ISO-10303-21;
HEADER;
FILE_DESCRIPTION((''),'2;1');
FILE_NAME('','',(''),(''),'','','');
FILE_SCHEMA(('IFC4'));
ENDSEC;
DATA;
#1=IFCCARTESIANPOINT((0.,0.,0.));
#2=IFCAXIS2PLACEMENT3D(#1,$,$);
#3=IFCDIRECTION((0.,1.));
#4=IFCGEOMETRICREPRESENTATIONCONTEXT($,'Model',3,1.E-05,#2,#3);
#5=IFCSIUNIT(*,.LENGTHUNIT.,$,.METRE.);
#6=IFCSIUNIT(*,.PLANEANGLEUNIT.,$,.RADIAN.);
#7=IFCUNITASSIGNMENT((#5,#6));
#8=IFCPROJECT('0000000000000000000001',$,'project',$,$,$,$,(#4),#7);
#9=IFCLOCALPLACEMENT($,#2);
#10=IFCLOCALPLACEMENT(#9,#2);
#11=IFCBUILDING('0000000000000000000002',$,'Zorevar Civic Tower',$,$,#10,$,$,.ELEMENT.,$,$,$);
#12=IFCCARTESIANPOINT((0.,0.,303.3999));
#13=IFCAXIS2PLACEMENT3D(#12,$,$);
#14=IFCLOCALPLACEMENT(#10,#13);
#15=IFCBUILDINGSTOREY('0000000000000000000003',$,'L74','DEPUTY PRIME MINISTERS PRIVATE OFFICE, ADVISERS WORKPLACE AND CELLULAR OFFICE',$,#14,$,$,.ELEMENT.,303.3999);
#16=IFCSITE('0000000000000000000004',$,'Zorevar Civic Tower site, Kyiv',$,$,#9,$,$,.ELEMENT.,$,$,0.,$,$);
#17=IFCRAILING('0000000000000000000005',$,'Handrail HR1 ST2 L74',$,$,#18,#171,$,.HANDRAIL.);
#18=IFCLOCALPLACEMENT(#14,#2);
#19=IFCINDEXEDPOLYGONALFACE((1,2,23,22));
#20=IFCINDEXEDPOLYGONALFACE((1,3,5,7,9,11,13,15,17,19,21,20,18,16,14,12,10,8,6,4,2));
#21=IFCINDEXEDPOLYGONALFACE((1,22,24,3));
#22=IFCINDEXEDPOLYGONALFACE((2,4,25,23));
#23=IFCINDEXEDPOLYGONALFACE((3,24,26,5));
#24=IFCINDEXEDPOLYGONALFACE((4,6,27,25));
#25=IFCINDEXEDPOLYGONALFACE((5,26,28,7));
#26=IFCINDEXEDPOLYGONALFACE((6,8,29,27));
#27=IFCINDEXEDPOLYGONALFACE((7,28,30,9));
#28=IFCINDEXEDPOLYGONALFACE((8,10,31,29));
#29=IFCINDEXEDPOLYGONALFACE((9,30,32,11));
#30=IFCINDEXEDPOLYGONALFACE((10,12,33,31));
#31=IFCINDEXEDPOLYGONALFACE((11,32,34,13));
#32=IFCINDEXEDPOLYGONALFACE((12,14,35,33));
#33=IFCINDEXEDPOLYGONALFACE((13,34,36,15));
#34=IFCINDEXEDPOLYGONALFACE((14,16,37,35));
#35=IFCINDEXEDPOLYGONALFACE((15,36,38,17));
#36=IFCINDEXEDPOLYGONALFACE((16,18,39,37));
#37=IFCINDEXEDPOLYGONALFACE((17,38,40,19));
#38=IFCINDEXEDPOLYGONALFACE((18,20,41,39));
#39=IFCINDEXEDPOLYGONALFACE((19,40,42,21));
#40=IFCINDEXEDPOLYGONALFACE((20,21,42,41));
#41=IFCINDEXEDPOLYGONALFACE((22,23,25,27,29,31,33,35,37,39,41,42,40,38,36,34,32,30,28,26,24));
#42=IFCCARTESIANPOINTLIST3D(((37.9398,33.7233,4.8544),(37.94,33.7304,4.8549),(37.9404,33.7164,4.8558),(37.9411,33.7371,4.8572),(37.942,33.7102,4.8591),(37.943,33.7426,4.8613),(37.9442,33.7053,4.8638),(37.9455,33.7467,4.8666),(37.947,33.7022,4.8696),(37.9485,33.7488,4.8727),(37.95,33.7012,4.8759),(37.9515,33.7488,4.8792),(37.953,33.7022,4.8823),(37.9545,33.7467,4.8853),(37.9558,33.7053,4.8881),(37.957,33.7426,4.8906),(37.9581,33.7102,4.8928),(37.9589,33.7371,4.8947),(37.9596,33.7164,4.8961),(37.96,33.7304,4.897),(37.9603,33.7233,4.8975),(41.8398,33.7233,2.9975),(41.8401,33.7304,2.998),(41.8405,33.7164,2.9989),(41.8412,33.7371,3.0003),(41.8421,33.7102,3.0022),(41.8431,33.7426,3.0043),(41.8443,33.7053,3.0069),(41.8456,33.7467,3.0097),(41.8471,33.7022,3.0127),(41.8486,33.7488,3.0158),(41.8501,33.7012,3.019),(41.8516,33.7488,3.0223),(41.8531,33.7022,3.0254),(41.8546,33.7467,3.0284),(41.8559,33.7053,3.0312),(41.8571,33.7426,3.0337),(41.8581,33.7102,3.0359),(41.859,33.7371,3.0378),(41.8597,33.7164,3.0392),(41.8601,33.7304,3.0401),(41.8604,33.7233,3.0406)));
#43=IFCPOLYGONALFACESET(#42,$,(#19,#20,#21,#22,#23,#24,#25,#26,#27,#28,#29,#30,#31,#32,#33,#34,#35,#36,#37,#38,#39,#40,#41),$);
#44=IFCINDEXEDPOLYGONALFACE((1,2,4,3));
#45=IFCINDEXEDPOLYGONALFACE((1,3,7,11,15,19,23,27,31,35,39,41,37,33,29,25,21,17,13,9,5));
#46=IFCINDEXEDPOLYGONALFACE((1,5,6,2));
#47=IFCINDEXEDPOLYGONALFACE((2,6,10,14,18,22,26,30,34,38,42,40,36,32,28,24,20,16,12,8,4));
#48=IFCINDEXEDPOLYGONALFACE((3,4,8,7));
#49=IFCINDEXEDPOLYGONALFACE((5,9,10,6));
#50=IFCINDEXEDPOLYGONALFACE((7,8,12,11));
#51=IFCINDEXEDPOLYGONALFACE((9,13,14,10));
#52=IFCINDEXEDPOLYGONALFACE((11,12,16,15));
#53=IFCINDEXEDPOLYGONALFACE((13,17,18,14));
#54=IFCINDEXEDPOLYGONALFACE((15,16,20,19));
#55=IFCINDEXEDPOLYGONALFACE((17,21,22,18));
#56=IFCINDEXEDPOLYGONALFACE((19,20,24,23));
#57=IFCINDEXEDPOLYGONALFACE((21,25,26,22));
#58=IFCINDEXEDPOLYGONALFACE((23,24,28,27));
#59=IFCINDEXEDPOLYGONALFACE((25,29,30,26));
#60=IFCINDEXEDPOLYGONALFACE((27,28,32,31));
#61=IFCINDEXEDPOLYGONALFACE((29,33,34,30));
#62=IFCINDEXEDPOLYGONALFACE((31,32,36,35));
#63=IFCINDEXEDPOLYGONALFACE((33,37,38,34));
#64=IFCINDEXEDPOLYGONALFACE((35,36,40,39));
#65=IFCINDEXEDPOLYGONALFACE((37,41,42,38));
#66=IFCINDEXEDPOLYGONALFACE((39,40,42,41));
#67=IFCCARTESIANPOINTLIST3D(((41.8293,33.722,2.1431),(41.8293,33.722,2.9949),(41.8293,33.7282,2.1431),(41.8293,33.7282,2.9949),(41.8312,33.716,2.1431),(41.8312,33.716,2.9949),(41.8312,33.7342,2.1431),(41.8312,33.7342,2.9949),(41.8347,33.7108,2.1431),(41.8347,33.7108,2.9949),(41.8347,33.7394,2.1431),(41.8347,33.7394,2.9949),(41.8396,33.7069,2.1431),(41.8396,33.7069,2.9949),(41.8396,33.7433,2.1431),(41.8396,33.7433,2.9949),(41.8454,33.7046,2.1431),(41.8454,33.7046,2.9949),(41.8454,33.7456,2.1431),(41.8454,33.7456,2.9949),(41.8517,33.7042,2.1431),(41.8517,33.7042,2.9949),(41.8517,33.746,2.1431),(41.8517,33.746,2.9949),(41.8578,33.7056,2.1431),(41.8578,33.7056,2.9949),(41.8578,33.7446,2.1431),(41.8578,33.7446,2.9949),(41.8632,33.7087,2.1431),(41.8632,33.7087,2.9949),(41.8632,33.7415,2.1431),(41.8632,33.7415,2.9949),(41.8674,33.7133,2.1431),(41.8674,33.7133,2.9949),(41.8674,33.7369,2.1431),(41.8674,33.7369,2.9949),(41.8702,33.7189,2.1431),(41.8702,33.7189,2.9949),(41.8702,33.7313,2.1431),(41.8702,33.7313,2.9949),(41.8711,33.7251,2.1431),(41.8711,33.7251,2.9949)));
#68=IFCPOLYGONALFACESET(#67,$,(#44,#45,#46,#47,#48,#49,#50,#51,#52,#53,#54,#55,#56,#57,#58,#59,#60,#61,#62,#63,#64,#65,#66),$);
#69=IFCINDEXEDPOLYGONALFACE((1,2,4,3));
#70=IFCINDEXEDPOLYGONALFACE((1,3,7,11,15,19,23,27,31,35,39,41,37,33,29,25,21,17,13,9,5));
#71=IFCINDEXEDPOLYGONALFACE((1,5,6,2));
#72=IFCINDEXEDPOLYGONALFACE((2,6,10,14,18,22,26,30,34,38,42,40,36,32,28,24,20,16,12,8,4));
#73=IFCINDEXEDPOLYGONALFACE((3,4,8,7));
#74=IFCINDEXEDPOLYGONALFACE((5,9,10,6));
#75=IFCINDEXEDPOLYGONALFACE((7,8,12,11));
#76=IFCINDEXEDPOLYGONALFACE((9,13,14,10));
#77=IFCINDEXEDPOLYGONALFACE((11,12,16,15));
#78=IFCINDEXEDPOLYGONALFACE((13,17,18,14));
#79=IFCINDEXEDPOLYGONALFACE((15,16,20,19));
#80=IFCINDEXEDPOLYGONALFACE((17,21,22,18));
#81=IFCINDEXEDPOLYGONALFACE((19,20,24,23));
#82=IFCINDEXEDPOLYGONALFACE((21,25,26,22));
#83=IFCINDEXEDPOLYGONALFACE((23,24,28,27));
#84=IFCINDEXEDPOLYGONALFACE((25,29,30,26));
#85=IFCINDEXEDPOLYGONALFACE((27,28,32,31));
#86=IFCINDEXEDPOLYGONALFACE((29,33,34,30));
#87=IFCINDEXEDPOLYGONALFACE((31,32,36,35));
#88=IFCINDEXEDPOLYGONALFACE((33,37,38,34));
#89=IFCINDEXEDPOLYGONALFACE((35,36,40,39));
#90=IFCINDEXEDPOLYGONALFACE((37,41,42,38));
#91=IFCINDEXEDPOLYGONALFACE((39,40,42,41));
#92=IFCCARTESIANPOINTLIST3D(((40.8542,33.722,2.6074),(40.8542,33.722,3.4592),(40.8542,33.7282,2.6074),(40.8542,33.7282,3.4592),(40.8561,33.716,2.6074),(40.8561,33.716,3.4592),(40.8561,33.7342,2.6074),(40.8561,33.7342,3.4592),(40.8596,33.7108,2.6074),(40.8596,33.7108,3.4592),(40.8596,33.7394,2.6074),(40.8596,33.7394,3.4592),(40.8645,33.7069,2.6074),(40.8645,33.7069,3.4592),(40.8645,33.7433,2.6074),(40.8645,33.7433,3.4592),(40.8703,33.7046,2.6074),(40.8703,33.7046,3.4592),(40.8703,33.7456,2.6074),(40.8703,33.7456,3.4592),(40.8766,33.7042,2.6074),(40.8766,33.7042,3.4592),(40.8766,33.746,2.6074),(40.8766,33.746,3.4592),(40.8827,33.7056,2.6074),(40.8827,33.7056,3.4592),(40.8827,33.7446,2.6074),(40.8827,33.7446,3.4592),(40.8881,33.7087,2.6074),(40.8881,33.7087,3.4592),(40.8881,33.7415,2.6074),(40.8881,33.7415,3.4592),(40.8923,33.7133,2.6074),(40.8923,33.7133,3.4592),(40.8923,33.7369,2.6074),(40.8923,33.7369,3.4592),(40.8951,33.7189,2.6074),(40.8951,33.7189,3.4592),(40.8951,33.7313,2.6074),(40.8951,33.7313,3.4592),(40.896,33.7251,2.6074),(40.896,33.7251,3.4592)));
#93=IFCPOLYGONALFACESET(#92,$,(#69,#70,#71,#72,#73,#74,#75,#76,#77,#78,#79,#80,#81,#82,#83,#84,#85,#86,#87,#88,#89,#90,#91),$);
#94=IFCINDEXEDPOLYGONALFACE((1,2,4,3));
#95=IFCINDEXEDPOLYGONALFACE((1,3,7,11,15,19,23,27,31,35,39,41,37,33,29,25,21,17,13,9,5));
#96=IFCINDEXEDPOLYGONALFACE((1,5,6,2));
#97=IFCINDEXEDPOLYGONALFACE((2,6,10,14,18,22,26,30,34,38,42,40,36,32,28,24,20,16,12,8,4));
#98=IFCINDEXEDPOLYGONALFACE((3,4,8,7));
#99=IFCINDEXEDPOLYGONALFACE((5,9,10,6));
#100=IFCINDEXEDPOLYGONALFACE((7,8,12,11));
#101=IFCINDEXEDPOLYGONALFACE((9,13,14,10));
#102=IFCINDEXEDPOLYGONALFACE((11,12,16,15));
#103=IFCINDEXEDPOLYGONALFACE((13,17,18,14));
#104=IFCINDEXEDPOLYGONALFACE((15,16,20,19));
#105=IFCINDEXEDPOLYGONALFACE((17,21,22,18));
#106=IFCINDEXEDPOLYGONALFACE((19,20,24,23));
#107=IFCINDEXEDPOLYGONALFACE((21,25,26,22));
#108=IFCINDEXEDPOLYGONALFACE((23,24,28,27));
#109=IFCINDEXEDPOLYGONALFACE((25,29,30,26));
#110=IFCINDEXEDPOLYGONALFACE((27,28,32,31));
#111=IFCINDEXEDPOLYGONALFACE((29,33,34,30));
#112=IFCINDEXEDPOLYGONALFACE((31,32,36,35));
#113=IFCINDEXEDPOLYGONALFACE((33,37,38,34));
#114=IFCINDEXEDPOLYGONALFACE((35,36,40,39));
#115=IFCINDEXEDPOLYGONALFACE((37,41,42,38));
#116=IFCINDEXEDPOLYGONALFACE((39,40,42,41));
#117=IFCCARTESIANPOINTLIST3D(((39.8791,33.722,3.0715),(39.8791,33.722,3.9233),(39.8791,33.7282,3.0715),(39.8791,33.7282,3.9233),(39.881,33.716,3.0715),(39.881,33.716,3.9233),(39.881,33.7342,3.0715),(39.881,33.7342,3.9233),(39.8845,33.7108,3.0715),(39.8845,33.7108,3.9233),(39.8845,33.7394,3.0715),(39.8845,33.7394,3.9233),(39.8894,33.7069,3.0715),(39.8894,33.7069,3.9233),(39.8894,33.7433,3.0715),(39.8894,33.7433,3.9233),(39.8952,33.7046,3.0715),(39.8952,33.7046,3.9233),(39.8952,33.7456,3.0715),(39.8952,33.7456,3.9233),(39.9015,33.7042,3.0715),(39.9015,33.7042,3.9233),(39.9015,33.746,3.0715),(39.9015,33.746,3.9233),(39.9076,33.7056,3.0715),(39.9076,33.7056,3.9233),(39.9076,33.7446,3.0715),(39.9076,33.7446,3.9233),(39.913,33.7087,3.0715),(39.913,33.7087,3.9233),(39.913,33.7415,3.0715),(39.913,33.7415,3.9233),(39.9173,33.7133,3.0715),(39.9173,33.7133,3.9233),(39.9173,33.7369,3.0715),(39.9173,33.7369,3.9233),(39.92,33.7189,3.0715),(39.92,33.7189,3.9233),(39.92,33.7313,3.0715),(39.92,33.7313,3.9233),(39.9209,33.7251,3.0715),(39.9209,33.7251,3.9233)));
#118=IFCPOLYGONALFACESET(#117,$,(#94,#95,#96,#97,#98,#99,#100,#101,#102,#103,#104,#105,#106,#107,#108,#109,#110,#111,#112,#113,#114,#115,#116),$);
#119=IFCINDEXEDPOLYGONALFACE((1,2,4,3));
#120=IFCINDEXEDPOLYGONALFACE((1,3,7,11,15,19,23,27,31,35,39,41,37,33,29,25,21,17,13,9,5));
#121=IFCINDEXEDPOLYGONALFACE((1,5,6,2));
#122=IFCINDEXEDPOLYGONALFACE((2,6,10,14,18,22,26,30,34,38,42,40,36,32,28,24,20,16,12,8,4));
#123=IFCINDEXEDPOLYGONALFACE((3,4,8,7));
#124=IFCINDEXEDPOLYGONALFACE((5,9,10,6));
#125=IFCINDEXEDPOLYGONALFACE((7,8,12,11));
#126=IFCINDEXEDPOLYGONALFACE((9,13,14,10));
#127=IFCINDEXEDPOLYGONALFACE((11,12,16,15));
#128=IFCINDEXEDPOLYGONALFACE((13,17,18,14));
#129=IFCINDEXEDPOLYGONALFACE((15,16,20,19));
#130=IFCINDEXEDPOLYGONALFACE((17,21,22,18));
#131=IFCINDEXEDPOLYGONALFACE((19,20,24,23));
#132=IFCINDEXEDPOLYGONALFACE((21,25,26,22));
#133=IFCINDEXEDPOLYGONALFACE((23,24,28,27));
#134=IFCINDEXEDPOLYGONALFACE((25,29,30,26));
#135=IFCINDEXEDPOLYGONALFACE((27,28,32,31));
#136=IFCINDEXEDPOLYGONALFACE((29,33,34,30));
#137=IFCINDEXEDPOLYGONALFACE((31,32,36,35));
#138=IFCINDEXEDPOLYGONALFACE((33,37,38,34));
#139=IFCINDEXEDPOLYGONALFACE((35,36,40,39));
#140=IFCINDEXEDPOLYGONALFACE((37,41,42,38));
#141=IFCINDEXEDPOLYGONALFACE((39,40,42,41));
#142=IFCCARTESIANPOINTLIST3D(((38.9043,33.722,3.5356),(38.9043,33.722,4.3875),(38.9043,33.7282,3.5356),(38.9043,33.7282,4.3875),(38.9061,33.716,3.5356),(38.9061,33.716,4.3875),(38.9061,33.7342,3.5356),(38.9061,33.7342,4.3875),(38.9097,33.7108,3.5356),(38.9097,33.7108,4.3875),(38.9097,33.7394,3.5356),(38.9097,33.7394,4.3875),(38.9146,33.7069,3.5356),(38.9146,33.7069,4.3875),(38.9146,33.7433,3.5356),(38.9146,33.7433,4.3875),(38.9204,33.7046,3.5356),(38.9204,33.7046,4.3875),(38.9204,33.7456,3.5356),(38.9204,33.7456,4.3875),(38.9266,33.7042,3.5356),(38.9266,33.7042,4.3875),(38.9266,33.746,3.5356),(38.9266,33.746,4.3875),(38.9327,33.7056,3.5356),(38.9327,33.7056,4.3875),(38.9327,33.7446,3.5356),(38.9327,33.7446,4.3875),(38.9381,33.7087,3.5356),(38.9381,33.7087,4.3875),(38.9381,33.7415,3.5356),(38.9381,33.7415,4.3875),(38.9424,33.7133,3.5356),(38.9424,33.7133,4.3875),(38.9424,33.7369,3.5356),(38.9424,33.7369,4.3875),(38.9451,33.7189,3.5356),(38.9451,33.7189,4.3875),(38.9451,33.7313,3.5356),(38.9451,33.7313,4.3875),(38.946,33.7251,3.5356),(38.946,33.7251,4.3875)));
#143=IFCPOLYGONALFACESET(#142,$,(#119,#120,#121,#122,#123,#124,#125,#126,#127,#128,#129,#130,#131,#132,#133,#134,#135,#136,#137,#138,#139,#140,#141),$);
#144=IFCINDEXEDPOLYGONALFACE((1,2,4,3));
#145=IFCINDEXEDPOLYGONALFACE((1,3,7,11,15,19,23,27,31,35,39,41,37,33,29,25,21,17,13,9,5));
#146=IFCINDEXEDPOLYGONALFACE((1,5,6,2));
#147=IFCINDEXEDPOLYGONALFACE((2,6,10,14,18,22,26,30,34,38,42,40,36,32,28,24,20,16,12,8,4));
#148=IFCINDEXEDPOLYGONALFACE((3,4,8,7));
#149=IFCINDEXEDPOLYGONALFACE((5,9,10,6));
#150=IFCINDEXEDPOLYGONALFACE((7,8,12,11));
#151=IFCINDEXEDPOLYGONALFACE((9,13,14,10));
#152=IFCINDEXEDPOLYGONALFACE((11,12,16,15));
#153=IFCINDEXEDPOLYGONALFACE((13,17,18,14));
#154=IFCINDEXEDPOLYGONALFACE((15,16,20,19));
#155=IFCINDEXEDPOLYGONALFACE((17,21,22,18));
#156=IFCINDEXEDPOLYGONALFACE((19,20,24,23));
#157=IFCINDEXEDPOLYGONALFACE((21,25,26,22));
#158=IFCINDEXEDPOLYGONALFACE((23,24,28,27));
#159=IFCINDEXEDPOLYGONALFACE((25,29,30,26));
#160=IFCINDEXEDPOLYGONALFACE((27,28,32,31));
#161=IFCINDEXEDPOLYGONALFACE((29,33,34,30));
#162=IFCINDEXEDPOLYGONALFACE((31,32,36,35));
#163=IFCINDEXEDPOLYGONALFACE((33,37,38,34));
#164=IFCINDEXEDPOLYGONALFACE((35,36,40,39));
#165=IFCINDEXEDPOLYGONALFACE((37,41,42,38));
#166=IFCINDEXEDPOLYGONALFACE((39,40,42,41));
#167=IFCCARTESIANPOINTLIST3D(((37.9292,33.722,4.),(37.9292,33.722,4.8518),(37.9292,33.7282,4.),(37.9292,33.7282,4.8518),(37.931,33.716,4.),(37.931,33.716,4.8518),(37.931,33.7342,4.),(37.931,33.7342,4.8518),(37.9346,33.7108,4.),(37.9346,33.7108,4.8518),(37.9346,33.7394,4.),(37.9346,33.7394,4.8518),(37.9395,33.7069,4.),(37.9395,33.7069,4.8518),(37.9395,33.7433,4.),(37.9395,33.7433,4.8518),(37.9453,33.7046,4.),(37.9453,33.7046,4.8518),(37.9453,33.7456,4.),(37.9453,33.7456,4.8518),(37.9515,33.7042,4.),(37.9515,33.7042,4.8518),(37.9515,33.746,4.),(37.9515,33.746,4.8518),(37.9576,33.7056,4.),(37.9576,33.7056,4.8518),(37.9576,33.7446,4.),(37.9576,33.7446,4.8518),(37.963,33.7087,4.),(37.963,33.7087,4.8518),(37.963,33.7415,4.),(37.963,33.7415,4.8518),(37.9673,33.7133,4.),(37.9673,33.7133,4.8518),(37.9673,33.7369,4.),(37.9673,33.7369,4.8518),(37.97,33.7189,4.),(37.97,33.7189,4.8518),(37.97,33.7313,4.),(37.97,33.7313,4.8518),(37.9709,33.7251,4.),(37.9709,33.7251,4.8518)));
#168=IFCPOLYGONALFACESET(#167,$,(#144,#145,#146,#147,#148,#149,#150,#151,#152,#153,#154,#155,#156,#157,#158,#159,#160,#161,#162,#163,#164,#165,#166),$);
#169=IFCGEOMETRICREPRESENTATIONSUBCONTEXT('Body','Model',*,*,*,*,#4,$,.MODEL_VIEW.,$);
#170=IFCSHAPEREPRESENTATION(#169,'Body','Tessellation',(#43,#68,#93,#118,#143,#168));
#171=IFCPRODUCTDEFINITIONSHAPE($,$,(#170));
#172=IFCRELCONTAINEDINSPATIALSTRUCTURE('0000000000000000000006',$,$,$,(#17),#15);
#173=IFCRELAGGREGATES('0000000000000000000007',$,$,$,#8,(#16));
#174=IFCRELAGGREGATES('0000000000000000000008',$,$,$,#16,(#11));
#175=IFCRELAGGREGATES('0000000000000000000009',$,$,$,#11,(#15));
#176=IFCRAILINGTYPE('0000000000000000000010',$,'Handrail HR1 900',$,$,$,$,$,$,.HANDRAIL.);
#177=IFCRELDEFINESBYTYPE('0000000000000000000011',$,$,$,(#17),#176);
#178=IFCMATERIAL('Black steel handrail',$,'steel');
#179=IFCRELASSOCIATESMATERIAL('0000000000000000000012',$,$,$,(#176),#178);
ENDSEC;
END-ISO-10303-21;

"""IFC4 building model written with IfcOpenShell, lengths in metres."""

from ifc_helpers import new_model, si_unit, direction, frame, origin, origin_2d, place, context, subcontext, project, spatial, circle, extrude, material, type_object, element, save


model = new_model("IFC4")

# Units and contexts
model_context = context("Model", 3, precision=1e-05, world=origin(), true_north=direction((0.0, 1.0)))
body_context = subcontext(model_context, "Body", "Model", "MODEL_VIEW")
ifc_project = project(units=[si_unit("LENGTHUNIT", "METRE"), si_unit("PLANEANGLEUNIT", "RADIAN")], contexts=[model_context])

# Site, building, storey
site_placement = place(None, origin())
site = spatial("IfcSite", under=ifc_project, at=site_placement, Name="Zorevar Civic Tower site, Kyiv", CompositionType="ELEMENT", RefElevation=0.0)
building_placement = place(site_placement, origin())
building = spatial("IfcBuilding", under=site, at=building_placement, Name="Zorevar Civic Tower", CompositionType="ELEMENT")
storey_placement = place(building_placement, frame((0.0, 0.0, 303.3999)))
storey = spatial("IfcBuildingStorey", under=building, at=storey_placement, Name="L74", Description="DEPUTY PRIME MINISTERS PRIVATE OFFICE, ADVISERS WORKPLACE AND CELLULAR OFFICE", CompositionType="ELEMENT", Elevation=303.3999)

# Railing
ifc_material_1 = material(Name="Black steel handrail", Category="steel")
railing_type = type_object("IfcRailingType", Name="Handrail HR1 900", PredefinedType="HANDRAIL", material=ifc_material_1)
railing_1_placement = place(storey_placement, frame((41.8501, 33.7251, 2.1431)))
element("IfcRailing", 1, at=railing_1_placement, inside=storey, type_object=railing_type, Name="Handrail HR1 ST2 L74", PredefinedType="HANDRAIL", context=body_context, shape_type="SweptSolid", body=[
    extrude(circle(Radius=0.0239, at=origin_2d()), frame((0.0, 0.0, 0.876), z_axis=(-0.902886, 0.0, 0.429881), x_axis=(0.0, -1.0, 0.0)), (0.0, 0.0, 1.0), 4.3196),
    extrude(circle(Radius=0.021, at=origin_2d()), origin(), (0.0, 0.0, 1.0), 0.8518),
    extrude(circle(Radius=0.021, at=origin_2d()), frame((-0.9751, 0.0, 0.4644)), (0.0, 0.0, 1.0), 0.8518),
    extrude(circle(Radius=0.021, at=origin_2d()), frame((-1.9502, 0.0, 0.9285)), (0.0, 0.0, 1.0), 0.8518),
    extrude(circle(Radius=0.021, at=origin_2d()), frame((-2.925, 0.0, 1.3926)), (0.0, 0.0, 1.0), 0.8518),
    extrude(circle(Radius=0.021, at=origin_2d()), frame((-3.9001, 0.0, 1.8569)), (0.0, 0.0, 1.0), 0.8518),
])

save(model, "model.ifc")
